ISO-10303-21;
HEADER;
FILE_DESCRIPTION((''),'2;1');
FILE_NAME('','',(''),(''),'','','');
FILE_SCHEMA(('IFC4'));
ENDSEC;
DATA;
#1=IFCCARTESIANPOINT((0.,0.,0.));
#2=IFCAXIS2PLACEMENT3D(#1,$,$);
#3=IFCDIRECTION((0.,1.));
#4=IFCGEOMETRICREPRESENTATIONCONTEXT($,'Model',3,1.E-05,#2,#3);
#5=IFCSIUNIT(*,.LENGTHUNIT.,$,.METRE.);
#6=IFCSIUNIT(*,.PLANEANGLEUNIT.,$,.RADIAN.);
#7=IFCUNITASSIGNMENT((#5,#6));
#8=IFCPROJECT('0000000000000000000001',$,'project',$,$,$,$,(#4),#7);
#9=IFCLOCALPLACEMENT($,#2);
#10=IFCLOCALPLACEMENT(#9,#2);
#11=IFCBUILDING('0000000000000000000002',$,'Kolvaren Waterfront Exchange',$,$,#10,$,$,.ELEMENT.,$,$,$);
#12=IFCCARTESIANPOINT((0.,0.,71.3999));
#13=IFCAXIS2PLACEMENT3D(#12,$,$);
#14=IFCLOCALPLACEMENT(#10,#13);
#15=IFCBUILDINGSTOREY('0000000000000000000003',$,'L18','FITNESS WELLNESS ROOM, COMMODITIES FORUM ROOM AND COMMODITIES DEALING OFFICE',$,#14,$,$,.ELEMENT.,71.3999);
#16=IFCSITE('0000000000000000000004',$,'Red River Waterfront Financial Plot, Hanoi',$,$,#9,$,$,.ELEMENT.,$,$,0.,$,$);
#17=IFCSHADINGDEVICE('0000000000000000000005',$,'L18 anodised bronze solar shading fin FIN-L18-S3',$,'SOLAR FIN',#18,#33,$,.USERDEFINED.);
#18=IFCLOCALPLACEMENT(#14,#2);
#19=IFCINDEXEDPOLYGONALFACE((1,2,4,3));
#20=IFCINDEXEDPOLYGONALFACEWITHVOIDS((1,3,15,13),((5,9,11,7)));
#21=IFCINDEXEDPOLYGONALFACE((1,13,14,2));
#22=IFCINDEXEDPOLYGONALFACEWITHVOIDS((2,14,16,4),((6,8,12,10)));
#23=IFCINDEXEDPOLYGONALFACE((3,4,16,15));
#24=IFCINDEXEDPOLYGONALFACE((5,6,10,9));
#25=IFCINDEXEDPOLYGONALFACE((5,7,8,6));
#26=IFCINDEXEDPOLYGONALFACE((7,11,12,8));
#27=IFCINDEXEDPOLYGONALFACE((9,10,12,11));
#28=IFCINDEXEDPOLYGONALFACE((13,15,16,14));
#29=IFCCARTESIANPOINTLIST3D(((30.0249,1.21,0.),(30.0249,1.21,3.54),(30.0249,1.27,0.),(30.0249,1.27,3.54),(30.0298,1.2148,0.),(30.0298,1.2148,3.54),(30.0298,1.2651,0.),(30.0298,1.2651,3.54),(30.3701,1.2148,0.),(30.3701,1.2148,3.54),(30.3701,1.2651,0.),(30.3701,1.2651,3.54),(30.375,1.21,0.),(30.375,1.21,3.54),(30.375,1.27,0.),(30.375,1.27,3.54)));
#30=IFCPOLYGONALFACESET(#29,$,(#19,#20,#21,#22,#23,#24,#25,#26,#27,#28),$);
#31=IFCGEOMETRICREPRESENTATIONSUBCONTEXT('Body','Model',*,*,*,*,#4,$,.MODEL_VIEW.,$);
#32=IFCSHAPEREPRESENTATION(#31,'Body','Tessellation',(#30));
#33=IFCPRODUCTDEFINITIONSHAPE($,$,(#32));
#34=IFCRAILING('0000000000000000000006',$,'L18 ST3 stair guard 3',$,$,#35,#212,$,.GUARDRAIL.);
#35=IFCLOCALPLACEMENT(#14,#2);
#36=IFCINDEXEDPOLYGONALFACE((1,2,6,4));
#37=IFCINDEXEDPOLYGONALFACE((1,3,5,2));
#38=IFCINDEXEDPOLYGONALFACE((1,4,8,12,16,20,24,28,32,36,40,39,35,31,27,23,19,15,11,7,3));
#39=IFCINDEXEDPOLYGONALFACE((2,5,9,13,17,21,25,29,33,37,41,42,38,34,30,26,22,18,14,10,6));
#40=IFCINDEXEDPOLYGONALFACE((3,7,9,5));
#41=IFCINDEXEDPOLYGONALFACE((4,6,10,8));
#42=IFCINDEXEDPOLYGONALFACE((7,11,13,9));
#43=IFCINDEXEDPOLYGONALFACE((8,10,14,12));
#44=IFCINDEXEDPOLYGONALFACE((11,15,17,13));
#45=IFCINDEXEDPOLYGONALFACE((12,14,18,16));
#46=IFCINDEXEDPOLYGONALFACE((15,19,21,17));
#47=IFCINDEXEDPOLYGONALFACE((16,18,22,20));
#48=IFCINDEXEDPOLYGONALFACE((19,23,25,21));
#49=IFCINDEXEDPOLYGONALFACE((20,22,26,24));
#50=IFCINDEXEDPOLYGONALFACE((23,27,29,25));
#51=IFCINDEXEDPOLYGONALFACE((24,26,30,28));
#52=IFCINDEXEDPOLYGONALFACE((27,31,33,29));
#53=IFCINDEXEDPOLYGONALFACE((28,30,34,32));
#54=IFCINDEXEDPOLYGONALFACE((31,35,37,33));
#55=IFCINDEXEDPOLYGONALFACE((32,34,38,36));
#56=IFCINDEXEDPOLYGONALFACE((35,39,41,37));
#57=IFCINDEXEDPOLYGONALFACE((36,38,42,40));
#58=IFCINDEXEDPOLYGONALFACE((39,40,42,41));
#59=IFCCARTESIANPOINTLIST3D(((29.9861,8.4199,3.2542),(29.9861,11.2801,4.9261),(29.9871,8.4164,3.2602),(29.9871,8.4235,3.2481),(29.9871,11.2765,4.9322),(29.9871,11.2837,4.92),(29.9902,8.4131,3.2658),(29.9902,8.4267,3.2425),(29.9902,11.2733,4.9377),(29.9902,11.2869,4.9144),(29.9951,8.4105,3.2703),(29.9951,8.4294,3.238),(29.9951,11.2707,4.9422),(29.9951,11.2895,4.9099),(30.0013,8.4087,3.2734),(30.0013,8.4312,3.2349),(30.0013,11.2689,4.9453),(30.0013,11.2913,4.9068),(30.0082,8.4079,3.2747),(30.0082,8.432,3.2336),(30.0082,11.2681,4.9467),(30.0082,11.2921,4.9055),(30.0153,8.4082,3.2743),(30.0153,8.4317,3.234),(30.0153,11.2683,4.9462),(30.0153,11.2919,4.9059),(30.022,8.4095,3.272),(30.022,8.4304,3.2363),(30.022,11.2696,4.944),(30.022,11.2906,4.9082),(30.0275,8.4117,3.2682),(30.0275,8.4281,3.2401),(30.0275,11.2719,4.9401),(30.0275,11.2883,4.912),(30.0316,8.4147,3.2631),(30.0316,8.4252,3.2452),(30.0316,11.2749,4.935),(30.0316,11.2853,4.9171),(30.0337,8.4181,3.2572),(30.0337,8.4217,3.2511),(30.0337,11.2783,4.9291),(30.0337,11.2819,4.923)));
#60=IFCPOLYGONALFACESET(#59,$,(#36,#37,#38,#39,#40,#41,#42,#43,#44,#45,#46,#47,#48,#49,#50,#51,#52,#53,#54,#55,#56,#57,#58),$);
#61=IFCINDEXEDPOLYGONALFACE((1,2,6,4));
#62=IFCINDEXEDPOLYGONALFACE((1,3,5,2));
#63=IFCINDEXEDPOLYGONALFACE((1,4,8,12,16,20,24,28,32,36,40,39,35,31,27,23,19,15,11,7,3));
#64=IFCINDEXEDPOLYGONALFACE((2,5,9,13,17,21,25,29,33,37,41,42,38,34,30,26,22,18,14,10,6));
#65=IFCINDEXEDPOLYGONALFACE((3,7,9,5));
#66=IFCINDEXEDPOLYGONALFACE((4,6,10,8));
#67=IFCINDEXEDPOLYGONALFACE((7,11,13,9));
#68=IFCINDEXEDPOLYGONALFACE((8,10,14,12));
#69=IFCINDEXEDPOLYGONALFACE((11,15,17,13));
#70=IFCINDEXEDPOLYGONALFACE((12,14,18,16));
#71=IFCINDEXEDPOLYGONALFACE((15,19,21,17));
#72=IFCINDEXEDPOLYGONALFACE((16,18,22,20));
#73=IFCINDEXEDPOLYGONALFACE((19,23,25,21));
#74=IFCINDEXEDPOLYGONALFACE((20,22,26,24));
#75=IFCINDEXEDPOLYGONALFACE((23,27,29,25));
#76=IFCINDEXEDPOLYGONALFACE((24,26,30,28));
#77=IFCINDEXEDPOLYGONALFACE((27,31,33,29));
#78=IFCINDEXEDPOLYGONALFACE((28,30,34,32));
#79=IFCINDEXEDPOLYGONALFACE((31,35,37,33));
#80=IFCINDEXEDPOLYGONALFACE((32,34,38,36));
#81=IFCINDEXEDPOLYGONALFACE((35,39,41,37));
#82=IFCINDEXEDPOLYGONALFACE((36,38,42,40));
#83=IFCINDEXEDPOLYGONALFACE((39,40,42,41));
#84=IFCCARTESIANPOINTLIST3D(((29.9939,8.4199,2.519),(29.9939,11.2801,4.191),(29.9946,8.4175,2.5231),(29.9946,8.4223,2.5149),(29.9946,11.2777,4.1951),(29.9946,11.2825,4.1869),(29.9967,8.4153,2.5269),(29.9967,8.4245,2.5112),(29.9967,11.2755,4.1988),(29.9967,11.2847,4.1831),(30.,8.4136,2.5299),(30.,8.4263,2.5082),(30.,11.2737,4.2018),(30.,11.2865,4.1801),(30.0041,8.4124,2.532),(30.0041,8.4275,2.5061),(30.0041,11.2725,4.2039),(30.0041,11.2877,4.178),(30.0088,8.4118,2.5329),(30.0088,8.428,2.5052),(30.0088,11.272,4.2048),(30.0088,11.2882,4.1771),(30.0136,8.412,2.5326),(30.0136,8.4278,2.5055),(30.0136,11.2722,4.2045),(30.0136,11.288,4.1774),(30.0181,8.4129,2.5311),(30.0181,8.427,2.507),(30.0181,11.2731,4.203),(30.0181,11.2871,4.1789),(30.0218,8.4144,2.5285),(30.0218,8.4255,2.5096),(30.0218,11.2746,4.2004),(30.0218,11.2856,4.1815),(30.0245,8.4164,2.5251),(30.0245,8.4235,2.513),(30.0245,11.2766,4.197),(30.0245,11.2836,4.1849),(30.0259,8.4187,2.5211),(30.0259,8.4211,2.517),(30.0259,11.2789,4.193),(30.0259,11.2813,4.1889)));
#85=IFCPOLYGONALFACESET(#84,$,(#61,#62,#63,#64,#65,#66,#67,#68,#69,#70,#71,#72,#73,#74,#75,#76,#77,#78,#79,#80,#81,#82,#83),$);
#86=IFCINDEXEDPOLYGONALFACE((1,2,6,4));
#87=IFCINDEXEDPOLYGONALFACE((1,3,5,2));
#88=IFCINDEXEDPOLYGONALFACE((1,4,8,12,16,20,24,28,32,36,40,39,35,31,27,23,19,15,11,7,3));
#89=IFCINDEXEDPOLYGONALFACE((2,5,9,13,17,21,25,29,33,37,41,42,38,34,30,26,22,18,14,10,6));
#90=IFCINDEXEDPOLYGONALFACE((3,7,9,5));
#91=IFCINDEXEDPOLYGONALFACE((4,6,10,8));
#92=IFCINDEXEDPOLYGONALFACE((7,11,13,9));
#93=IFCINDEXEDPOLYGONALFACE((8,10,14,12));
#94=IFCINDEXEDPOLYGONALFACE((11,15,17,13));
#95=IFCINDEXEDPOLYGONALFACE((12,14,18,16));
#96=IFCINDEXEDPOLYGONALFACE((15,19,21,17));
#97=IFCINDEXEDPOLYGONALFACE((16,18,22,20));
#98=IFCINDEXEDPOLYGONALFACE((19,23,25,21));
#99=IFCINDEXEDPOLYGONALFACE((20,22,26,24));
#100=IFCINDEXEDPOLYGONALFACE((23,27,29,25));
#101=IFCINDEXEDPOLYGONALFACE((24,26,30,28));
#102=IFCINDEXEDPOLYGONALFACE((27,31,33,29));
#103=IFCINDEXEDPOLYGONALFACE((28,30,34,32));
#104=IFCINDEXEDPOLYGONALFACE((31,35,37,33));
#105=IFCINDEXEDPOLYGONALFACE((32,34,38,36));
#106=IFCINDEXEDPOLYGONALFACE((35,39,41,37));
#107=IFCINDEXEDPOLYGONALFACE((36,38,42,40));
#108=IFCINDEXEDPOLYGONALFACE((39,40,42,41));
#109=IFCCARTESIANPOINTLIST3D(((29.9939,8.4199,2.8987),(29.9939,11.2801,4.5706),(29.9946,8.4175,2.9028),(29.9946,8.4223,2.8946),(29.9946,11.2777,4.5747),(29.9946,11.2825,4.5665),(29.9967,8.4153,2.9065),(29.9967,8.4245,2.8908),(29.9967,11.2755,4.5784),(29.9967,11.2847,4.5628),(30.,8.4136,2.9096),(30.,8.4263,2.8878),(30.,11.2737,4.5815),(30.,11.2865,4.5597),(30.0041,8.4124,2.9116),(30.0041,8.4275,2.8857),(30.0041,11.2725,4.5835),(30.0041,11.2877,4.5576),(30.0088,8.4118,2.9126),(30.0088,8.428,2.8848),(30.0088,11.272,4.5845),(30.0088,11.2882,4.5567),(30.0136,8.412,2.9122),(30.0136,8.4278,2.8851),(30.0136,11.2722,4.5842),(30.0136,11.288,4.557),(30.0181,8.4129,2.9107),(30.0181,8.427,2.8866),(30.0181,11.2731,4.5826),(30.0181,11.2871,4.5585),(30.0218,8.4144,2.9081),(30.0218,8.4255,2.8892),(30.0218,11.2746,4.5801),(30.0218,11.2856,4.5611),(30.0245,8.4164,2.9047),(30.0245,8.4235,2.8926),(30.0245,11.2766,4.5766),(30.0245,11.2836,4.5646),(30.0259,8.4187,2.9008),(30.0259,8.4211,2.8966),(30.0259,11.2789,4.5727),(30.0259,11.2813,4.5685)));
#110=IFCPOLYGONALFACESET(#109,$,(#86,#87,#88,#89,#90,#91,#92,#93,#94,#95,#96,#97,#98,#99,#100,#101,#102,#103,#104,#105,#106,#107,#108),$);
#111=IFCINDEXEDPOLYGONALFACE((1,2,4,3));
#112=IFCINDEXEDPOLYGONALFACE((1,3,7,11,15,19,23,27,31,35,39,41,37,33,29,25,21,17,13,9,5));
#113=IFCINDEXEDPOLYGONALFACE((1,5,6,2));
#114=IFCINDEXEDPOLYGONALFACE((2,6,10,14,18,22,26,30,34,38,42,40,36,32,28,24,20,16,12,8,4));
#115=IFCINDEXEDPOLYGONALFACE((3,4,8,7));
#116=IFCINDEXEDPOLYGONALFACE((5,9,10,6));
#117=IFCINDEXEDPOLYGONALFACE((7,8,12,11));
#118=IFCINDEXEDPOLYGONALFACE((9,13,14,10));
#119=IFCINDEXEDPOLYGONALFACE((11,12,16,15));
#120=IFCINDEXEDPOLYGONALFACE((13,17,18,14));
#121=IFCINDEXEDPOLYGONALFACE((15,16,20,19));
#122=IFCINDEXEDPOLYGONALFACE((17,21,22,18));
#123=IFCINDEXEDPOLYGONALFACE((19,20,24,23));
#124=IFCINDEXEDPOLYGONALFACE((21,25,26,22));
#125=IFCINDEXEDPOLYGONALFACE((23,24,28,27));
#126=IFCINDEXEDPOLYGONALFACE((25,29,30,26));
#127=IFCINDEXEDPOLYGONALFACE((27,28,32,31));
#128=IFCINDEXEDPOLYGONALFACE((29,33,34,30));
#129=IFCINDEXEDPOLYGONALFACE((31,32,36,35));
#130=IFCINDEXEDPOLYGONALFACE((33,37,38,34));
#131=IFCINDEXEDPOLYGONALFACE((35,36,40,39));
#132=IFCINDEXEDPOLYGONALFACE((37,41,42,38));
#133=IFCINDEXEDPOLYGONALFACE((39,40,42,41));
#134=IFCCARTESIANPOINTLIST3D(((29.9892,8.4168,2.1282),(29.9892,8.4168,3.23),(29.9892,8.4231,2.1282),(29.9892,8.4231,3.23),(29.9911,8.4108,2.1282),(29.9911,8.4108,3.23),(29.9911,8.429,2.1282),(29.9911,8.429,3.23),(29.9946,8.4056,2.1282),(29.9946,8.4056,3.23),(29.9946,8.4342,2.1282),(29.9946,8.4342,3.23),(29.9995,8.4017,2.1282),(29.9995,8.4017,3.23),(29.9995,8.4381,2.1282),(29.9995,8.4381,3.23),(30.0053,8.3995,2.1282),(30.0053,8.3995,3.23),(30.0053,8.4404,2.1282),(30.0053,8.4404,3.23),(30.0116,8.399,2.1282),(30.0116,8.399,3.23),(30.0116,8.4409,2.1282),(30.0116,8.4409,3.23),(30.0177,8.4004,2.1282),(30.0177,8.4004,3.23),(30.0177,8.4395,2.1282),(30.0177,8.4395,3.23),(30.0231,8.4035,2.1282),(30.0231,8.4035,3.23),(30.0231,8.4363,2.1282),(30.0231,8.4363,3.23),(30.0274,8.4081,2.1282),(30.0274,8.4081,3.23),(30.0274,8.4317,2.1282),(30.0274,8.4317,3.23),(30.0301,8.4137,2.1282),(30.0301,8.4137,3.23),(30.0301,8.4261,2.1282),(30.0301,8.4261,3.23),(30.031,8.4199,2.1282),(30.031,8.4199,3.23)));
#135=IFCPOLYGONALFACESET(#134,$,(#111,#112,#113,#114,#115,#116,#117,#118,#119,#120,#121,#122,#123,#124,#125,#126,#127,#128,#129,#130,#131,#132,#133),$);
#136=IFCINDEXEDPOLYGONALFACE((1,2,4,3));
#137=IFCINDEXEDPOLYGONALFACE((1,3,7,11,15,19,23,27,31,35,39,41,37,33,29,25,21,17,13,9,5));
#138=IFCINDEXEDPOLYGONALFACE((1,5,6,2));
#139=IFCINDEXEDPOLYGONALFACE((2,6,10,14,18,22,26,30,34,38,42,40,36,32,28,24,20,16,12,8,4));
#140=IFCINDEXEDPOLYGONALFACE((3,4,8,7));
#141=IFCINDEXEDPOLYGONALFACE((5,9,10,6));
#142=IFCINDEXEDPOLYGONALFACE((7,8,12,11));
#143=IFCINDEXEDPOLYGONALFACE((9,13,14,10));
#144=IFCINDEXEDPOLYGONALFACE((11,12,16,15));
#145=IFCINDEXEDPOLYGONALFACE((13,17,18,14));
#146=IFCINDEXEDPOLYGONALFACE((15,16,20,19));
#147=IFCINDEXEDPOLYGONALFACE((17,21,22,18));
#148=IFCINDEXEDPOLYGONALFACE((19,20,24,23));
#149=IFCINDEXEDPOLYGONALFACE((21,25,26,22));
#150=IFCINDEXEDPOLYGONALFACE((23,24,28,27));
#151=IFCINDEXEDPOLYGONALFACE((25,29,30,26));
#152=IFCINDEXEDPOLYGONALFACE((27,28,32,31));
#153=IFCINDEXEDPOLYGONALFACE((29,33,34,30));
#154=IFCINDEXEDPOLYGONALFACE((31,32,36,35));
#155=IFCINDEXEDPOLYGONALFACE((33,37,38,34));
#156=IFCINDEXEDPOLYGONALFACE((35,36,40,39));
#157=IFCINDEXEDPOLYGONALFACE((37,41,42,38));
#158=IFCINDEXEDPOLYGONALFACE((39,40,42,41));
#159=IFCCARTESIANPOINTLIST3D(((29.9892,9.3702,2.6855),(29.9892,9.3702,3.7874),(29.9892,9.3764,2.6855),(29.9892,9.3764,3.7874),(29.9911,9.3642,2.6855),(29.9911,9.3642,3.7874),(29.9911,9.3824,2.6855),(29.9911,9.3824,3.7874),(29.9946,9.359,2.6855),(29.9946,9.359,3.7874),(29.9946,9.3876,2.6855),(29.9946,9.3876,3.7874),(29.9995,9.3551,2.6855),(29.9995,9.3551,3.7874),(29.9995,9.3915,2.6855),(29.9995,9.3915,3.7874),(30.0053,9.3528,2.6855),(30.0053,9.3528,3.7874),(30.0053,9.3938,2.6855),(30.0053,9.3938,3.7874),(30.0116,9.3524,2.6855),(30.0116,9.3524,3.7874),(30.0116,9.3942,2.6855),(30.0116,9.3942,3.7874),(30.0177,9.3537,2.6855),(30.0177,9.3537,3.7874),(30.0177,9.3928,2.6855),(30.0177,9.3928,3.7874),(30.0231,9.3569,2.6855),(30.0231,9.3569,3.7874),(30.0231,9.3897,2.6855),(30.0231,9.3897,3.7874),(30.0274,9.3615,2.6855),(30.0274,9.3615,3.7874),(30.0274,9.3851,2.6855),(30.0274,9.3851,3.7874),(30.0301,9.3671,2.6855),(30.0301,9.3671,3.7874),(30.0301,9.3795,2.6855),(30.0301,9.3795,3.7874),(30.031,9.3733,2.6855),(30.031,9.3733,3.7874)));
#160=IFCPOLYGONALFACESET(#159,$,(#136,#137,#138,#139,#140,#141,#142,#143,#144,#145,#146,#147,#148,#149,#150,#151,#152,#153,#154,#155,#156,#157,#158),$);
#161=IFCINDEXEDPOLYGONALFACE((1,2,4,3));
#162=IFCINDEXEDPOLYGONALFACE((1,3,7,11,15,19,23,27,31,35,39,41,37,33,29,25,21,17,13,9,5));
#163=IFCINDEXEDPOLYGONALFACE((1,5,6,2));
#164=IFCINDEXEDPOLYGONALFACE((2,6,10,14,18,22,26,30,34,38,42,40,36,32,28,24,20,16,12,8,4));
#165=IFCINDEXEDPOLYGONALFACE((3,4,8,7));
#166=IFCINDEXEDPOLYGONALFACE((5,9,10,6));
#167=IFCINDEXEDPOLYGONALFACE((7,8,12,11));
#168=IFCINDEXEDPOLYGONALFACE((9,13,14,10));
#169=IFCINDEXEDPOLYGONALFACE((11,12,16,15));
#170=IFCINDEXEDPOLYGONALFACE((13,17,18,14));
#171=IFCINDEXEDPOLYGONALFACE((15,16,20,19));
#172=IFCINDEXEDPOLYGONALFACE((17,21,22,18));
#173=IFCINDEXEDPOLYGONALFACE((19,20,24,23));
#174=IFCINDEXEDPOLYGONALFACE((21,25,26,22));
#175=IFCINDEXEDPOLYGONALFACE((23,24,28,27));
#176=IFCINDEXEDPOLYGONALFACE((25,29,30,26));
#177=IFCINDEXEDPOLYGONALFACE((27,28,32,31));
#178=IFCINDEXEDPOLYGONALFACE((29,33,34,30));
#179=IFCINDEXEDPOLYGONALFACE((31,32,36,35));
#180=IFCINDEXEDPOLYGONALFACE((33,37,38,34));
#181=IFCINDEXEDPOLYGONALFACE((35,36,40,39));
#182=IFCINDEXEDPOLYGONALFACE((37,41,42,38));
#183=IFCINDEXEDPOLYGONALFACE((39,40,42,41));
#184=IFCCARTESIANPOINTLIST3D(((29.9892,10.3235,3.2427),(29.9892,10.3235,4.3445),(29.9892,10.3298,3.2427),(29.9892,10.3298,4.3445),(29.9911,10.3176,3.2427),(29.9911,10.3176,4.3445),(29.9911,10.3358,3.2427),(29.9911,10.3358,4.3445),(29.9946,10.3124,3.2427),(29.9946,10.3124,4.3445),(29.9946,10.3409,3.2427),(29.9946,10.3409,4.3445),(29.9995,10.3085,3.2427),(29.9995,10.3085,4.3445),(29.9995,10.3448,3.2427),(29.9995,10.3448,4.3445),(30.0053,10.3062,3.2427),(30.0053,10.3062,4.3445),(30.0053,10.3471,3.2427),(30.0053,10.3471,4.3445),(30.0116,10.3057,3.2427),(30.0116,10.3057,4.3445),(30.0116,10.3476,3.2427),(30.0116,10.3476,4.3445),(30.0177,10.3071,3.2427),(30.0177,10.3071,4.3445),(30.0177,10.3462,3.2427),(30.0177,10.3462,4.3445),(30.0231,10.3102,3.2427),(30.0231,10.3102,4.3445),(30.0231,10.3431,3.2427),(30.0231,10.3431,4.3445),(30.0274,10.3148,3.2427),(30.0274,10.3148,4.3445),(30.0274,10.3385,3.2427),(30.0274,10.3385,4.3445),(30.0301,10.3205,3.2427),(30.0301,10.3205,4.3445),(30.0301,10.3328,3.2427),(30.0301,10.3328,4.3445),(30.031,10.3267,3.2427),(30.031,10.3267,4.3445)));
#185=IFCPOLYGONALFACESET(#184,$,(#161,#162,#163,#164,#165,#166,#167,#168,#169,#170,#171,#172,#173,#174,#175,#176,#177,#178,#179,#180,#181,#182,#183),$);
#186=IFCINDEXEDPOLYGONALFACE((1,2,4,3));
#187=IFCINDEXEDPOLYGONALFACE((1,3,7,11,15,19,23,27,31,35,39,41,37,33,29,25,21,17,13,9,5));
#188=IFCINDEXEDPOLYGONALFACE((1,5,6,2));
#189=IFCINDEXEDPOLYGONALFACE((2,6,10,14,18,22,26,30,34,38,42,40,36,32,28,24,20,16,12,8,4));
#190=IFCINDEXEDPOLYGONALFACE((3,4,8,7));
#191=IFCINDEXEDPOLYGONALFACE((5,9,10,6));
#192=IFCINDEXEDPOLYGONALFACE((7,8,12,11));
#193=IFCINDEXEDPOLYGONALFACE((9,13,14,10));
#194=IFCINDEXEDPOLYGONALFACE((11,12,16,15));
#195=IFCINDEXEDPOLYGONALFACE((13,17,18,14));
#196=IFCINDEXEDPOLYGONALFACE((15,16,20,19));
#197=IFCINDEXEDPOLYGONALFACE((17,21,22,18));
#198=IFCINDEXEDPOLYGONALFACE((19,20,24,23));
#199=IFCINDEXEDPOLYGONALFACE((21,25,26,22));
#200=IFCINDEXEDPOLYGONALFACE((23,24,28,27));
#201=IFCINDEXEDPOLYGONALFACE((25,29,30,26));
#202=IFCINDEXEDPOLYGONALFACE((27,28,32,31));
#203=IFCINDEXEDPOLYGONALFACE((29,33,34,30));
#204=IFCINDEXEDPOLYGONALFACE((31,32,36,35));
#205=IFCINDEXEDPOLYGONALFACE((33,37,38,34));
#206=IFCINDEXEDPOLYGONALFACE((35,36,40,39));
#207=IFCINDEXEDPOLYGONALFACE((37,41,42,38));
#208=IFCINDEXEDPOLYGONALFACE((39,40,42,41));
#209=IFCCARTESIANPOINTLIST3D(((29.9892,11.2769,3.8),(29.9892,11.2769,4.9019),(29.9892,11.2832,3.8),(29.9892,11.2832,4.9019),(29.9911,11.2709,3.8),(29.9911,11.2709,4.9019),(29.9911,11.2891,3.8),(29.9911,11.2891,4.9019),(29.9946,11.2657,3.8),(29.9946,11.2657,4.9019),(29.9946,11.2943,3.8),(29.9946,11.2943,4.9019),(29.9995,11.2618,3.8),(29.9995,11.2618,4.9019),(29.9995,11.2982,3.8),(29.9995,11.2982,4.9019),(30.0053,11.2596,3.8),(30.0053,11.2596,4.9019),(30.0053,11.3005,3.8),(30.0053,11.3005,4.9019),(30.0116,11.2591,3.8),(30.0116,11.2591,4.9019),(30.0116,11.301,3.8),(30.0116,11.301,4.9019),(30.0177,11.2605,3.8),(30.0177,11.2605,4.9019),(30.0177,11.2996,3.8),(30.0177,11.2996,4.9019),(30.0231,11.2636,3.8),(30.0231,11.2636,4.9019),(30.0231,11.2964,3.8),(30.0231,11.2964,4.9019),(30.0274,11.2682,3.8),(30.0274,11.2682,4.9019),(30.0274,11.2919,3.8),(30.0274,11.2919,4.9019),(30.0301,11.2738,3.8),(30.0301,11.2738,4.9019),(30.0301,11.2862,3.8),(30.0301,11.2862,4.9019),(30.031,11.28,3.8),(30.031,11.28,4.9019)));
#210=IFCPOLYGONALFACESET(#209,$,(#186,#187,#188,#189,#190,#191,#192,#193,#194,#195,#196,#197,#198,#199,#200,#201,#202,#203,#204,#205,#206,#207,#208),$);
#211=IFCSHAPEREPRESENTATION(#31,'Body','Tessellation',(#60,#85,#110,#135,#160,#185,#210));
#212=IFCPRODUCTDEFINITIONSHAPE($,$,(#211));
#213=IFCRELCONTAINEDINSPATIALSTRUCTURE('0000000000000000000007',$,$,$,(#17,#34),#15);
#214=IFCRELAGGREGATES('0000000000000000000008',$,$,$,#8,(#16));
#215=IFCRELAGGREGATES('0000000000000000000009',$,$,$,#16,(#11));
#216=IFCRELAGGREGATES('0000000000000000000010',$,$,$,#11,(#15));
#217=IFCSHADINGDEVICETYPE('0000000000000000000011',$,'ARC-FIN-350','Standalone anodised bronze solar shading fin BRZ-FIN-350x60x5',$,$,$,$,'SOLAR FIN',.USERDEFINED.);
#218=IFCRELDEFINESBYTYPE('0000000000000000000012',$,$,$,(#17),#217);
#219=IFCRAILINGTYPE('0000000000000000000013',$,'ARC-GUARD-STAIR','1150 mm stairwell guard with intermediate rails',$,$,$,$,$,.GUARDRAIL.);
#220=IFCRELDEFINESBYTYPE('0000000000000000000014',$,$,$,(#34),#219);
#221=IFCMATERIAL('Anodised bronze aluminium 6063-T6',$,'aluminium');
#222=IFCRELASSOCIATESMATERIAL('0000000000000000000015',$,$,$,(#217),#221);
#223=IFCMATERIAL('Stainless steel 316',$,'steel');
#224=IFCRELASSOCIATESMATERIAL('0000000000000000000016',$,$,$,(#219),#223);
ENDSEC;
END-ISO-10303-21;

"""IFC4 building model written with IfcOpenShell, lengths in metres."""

from ifc_helpers import new_model, si_unit, direction, frame, origin, origin_2d, place, context, subcontext, project, spatial, hollow_rectangle, circle, extrude, material, material_profile, profile_set, type_object, element, save


model = new_model("IFC4")

# Units and contexts
model_context = context("Model", 3, precision=1e-05, world=origin(), true_north=direction((0.0, 1.0)))
body_context = subcontext(model_context, "Body", "Model", "MODEL_VIEW")
ifc_project = project(units=[si_unit("LENGTHUNIT", "METRE"), si_unit("PLANEANGLEUNIT", "RADIAN")], contexts=[model_context])

# Site, building, storey
site_placement = place(None, origin())
site = spatial("IfcSite", under=ifc_project, at=site_placement, Name="Red River Waterfront Financial Plot, Hanoi", CompositionType="ELEMENT", RefElevation=0.0)
building_placement = place(site_placement, origin())
building = spatial("IfcBuilding", under=site, at=building_placement, Name="Kolvaren Waterfront Exchange", CompositionType="ELEMENT")
storey_placement = place(building_placement, frame((0.0, 0.0, 71.3999)))
storey = spatial("IfcBuildingStorey", under=building, at=storey_placement, Name="L18", Description="FITNESS WELLNESS ROOM, COMMODITIES FORUM ROOM AND COMMODITIES DEALING OFFICE", CompositionType="ELEMENT", Elevation=71.3999)

# Shared definitions
ifc_material_1 = material(Name="Anodised bronze aluminium 6063-T6", Category="aluminium")

# Shading device
ifc_material_profile_1 = material_profile(ifc_material_1, hollow_rectangle(XDim=0.0601, YDim=0.3501, WallThickness=0.0049, at=origin_2d()), Name="BRZ-FIN-350x60x5")
ifc_profile_set_1 = profile_set([ifc_material_profile_1], Name="Anodised bronze aluminium 6063-T6")
shading_device_type = type_object("IfcShadingDeviceType", Name="ARC-FIN-350", Description="Standalone anodised bronze solar shading fin BRZ-FIN-350x60x5", ElementType="SOLAR FIN", PredefinedType="USERDEFINED", material=ifc_profile_set_1)
shading_device_placement = place(storey_placement, frame((30.2, 1.24, 0.0), z_axis=(0.0, 0.0, 1.0), x_axis=(0.0, -1.0, 0.0)))
element("IfcShadingDevice", 1, at=shading_device_placement, inside=storey, type_object=shading_device_type, Name="L18 anodised bronze solar shading fin FIN-L18-S3", ObjectType="SOLAR FIN", PredefinedType="USERDEFINED", context=body_context, shape_type="SweptSolid", body=[
    extrude(hollow_rectangle(XDim=0.0601, YDim=0.3501, WallThickness=0.0049, at=origin_2d()), origin(), (0.0, 0.0, 1.0), 3.54),
])

# Railing
ifc_material_2 = material(Name="Stainless steel 316", Category="steel")
railing_type_1 = type_object("IfcRailingType", Name="ARC-GUARD-STAIR", Description="1150 mm stairwell guard with intermediate rails", PredefinedType="GUARDRAIL", material=ifc_material_2)
railing_1_placement = place(storey_placement, frame((30.01, 8.4199, 2.1282)))
element("IfcRailing", 2, at=railing_1_placement, inside=storey, type_object=railing_type_1, Name="L18 ST3 stair guard 3", PredefinedType="GUARDRAIL", context=body_context, shape_type="SweptSolid", body=[
    extrude(circle(Radius=0.0239, at=origin_2d()), frame((0.0, 0.0, 1.126), z_axis=(0.0, 0.863321, 0.504654), x_axis=(-1.0, 0.0, 0.0)), (0.0, 0.0, 1.0), 3.313),
    extrude(circle(Radius=0.0161, at=origin_2d()), frame((0.0, 0.0, 0.3909), z_axis=(0.0, 0.863321, 0.504654), x_axis=(-1.0, 0.0, 0.0)), (0.0, 0.0, 1.0), 3.313),
    extrude(circle(Radius=0.0161, at=origin_2d()), frame((0.0, 0.0, 0.7705), z_axis=(0.0, 0.863321, 0.504654), x_axis=(-1.0, 0.0, 0.0)), (0.0, 0.0, 1.0), 3.313),
    extrude(circle(Radius=0.021, at=origin_2d()), origin(), (0.0, 0.0, 1.0), 1.1018),
    extrude(circle(Radius=0.021, at=origin_2d()), frame((0.0, 0.9534, 0.5574)), (0.0, 0.0, 1.0), 1.1018),
    extrude(circle(Radius=0.021, at=origin_2d()), frame((0.0, 1.9067, 1.1145)), (0.0, 0.0, 1.0), 1.1018),
    extrude(circle(Radius=0.021, at=origin_2d()), frame((0.0, 2.8601, 1.6719)), (0.0, 0.0, 1.0), 1.1018),
])

save(model, "model.ifc")
